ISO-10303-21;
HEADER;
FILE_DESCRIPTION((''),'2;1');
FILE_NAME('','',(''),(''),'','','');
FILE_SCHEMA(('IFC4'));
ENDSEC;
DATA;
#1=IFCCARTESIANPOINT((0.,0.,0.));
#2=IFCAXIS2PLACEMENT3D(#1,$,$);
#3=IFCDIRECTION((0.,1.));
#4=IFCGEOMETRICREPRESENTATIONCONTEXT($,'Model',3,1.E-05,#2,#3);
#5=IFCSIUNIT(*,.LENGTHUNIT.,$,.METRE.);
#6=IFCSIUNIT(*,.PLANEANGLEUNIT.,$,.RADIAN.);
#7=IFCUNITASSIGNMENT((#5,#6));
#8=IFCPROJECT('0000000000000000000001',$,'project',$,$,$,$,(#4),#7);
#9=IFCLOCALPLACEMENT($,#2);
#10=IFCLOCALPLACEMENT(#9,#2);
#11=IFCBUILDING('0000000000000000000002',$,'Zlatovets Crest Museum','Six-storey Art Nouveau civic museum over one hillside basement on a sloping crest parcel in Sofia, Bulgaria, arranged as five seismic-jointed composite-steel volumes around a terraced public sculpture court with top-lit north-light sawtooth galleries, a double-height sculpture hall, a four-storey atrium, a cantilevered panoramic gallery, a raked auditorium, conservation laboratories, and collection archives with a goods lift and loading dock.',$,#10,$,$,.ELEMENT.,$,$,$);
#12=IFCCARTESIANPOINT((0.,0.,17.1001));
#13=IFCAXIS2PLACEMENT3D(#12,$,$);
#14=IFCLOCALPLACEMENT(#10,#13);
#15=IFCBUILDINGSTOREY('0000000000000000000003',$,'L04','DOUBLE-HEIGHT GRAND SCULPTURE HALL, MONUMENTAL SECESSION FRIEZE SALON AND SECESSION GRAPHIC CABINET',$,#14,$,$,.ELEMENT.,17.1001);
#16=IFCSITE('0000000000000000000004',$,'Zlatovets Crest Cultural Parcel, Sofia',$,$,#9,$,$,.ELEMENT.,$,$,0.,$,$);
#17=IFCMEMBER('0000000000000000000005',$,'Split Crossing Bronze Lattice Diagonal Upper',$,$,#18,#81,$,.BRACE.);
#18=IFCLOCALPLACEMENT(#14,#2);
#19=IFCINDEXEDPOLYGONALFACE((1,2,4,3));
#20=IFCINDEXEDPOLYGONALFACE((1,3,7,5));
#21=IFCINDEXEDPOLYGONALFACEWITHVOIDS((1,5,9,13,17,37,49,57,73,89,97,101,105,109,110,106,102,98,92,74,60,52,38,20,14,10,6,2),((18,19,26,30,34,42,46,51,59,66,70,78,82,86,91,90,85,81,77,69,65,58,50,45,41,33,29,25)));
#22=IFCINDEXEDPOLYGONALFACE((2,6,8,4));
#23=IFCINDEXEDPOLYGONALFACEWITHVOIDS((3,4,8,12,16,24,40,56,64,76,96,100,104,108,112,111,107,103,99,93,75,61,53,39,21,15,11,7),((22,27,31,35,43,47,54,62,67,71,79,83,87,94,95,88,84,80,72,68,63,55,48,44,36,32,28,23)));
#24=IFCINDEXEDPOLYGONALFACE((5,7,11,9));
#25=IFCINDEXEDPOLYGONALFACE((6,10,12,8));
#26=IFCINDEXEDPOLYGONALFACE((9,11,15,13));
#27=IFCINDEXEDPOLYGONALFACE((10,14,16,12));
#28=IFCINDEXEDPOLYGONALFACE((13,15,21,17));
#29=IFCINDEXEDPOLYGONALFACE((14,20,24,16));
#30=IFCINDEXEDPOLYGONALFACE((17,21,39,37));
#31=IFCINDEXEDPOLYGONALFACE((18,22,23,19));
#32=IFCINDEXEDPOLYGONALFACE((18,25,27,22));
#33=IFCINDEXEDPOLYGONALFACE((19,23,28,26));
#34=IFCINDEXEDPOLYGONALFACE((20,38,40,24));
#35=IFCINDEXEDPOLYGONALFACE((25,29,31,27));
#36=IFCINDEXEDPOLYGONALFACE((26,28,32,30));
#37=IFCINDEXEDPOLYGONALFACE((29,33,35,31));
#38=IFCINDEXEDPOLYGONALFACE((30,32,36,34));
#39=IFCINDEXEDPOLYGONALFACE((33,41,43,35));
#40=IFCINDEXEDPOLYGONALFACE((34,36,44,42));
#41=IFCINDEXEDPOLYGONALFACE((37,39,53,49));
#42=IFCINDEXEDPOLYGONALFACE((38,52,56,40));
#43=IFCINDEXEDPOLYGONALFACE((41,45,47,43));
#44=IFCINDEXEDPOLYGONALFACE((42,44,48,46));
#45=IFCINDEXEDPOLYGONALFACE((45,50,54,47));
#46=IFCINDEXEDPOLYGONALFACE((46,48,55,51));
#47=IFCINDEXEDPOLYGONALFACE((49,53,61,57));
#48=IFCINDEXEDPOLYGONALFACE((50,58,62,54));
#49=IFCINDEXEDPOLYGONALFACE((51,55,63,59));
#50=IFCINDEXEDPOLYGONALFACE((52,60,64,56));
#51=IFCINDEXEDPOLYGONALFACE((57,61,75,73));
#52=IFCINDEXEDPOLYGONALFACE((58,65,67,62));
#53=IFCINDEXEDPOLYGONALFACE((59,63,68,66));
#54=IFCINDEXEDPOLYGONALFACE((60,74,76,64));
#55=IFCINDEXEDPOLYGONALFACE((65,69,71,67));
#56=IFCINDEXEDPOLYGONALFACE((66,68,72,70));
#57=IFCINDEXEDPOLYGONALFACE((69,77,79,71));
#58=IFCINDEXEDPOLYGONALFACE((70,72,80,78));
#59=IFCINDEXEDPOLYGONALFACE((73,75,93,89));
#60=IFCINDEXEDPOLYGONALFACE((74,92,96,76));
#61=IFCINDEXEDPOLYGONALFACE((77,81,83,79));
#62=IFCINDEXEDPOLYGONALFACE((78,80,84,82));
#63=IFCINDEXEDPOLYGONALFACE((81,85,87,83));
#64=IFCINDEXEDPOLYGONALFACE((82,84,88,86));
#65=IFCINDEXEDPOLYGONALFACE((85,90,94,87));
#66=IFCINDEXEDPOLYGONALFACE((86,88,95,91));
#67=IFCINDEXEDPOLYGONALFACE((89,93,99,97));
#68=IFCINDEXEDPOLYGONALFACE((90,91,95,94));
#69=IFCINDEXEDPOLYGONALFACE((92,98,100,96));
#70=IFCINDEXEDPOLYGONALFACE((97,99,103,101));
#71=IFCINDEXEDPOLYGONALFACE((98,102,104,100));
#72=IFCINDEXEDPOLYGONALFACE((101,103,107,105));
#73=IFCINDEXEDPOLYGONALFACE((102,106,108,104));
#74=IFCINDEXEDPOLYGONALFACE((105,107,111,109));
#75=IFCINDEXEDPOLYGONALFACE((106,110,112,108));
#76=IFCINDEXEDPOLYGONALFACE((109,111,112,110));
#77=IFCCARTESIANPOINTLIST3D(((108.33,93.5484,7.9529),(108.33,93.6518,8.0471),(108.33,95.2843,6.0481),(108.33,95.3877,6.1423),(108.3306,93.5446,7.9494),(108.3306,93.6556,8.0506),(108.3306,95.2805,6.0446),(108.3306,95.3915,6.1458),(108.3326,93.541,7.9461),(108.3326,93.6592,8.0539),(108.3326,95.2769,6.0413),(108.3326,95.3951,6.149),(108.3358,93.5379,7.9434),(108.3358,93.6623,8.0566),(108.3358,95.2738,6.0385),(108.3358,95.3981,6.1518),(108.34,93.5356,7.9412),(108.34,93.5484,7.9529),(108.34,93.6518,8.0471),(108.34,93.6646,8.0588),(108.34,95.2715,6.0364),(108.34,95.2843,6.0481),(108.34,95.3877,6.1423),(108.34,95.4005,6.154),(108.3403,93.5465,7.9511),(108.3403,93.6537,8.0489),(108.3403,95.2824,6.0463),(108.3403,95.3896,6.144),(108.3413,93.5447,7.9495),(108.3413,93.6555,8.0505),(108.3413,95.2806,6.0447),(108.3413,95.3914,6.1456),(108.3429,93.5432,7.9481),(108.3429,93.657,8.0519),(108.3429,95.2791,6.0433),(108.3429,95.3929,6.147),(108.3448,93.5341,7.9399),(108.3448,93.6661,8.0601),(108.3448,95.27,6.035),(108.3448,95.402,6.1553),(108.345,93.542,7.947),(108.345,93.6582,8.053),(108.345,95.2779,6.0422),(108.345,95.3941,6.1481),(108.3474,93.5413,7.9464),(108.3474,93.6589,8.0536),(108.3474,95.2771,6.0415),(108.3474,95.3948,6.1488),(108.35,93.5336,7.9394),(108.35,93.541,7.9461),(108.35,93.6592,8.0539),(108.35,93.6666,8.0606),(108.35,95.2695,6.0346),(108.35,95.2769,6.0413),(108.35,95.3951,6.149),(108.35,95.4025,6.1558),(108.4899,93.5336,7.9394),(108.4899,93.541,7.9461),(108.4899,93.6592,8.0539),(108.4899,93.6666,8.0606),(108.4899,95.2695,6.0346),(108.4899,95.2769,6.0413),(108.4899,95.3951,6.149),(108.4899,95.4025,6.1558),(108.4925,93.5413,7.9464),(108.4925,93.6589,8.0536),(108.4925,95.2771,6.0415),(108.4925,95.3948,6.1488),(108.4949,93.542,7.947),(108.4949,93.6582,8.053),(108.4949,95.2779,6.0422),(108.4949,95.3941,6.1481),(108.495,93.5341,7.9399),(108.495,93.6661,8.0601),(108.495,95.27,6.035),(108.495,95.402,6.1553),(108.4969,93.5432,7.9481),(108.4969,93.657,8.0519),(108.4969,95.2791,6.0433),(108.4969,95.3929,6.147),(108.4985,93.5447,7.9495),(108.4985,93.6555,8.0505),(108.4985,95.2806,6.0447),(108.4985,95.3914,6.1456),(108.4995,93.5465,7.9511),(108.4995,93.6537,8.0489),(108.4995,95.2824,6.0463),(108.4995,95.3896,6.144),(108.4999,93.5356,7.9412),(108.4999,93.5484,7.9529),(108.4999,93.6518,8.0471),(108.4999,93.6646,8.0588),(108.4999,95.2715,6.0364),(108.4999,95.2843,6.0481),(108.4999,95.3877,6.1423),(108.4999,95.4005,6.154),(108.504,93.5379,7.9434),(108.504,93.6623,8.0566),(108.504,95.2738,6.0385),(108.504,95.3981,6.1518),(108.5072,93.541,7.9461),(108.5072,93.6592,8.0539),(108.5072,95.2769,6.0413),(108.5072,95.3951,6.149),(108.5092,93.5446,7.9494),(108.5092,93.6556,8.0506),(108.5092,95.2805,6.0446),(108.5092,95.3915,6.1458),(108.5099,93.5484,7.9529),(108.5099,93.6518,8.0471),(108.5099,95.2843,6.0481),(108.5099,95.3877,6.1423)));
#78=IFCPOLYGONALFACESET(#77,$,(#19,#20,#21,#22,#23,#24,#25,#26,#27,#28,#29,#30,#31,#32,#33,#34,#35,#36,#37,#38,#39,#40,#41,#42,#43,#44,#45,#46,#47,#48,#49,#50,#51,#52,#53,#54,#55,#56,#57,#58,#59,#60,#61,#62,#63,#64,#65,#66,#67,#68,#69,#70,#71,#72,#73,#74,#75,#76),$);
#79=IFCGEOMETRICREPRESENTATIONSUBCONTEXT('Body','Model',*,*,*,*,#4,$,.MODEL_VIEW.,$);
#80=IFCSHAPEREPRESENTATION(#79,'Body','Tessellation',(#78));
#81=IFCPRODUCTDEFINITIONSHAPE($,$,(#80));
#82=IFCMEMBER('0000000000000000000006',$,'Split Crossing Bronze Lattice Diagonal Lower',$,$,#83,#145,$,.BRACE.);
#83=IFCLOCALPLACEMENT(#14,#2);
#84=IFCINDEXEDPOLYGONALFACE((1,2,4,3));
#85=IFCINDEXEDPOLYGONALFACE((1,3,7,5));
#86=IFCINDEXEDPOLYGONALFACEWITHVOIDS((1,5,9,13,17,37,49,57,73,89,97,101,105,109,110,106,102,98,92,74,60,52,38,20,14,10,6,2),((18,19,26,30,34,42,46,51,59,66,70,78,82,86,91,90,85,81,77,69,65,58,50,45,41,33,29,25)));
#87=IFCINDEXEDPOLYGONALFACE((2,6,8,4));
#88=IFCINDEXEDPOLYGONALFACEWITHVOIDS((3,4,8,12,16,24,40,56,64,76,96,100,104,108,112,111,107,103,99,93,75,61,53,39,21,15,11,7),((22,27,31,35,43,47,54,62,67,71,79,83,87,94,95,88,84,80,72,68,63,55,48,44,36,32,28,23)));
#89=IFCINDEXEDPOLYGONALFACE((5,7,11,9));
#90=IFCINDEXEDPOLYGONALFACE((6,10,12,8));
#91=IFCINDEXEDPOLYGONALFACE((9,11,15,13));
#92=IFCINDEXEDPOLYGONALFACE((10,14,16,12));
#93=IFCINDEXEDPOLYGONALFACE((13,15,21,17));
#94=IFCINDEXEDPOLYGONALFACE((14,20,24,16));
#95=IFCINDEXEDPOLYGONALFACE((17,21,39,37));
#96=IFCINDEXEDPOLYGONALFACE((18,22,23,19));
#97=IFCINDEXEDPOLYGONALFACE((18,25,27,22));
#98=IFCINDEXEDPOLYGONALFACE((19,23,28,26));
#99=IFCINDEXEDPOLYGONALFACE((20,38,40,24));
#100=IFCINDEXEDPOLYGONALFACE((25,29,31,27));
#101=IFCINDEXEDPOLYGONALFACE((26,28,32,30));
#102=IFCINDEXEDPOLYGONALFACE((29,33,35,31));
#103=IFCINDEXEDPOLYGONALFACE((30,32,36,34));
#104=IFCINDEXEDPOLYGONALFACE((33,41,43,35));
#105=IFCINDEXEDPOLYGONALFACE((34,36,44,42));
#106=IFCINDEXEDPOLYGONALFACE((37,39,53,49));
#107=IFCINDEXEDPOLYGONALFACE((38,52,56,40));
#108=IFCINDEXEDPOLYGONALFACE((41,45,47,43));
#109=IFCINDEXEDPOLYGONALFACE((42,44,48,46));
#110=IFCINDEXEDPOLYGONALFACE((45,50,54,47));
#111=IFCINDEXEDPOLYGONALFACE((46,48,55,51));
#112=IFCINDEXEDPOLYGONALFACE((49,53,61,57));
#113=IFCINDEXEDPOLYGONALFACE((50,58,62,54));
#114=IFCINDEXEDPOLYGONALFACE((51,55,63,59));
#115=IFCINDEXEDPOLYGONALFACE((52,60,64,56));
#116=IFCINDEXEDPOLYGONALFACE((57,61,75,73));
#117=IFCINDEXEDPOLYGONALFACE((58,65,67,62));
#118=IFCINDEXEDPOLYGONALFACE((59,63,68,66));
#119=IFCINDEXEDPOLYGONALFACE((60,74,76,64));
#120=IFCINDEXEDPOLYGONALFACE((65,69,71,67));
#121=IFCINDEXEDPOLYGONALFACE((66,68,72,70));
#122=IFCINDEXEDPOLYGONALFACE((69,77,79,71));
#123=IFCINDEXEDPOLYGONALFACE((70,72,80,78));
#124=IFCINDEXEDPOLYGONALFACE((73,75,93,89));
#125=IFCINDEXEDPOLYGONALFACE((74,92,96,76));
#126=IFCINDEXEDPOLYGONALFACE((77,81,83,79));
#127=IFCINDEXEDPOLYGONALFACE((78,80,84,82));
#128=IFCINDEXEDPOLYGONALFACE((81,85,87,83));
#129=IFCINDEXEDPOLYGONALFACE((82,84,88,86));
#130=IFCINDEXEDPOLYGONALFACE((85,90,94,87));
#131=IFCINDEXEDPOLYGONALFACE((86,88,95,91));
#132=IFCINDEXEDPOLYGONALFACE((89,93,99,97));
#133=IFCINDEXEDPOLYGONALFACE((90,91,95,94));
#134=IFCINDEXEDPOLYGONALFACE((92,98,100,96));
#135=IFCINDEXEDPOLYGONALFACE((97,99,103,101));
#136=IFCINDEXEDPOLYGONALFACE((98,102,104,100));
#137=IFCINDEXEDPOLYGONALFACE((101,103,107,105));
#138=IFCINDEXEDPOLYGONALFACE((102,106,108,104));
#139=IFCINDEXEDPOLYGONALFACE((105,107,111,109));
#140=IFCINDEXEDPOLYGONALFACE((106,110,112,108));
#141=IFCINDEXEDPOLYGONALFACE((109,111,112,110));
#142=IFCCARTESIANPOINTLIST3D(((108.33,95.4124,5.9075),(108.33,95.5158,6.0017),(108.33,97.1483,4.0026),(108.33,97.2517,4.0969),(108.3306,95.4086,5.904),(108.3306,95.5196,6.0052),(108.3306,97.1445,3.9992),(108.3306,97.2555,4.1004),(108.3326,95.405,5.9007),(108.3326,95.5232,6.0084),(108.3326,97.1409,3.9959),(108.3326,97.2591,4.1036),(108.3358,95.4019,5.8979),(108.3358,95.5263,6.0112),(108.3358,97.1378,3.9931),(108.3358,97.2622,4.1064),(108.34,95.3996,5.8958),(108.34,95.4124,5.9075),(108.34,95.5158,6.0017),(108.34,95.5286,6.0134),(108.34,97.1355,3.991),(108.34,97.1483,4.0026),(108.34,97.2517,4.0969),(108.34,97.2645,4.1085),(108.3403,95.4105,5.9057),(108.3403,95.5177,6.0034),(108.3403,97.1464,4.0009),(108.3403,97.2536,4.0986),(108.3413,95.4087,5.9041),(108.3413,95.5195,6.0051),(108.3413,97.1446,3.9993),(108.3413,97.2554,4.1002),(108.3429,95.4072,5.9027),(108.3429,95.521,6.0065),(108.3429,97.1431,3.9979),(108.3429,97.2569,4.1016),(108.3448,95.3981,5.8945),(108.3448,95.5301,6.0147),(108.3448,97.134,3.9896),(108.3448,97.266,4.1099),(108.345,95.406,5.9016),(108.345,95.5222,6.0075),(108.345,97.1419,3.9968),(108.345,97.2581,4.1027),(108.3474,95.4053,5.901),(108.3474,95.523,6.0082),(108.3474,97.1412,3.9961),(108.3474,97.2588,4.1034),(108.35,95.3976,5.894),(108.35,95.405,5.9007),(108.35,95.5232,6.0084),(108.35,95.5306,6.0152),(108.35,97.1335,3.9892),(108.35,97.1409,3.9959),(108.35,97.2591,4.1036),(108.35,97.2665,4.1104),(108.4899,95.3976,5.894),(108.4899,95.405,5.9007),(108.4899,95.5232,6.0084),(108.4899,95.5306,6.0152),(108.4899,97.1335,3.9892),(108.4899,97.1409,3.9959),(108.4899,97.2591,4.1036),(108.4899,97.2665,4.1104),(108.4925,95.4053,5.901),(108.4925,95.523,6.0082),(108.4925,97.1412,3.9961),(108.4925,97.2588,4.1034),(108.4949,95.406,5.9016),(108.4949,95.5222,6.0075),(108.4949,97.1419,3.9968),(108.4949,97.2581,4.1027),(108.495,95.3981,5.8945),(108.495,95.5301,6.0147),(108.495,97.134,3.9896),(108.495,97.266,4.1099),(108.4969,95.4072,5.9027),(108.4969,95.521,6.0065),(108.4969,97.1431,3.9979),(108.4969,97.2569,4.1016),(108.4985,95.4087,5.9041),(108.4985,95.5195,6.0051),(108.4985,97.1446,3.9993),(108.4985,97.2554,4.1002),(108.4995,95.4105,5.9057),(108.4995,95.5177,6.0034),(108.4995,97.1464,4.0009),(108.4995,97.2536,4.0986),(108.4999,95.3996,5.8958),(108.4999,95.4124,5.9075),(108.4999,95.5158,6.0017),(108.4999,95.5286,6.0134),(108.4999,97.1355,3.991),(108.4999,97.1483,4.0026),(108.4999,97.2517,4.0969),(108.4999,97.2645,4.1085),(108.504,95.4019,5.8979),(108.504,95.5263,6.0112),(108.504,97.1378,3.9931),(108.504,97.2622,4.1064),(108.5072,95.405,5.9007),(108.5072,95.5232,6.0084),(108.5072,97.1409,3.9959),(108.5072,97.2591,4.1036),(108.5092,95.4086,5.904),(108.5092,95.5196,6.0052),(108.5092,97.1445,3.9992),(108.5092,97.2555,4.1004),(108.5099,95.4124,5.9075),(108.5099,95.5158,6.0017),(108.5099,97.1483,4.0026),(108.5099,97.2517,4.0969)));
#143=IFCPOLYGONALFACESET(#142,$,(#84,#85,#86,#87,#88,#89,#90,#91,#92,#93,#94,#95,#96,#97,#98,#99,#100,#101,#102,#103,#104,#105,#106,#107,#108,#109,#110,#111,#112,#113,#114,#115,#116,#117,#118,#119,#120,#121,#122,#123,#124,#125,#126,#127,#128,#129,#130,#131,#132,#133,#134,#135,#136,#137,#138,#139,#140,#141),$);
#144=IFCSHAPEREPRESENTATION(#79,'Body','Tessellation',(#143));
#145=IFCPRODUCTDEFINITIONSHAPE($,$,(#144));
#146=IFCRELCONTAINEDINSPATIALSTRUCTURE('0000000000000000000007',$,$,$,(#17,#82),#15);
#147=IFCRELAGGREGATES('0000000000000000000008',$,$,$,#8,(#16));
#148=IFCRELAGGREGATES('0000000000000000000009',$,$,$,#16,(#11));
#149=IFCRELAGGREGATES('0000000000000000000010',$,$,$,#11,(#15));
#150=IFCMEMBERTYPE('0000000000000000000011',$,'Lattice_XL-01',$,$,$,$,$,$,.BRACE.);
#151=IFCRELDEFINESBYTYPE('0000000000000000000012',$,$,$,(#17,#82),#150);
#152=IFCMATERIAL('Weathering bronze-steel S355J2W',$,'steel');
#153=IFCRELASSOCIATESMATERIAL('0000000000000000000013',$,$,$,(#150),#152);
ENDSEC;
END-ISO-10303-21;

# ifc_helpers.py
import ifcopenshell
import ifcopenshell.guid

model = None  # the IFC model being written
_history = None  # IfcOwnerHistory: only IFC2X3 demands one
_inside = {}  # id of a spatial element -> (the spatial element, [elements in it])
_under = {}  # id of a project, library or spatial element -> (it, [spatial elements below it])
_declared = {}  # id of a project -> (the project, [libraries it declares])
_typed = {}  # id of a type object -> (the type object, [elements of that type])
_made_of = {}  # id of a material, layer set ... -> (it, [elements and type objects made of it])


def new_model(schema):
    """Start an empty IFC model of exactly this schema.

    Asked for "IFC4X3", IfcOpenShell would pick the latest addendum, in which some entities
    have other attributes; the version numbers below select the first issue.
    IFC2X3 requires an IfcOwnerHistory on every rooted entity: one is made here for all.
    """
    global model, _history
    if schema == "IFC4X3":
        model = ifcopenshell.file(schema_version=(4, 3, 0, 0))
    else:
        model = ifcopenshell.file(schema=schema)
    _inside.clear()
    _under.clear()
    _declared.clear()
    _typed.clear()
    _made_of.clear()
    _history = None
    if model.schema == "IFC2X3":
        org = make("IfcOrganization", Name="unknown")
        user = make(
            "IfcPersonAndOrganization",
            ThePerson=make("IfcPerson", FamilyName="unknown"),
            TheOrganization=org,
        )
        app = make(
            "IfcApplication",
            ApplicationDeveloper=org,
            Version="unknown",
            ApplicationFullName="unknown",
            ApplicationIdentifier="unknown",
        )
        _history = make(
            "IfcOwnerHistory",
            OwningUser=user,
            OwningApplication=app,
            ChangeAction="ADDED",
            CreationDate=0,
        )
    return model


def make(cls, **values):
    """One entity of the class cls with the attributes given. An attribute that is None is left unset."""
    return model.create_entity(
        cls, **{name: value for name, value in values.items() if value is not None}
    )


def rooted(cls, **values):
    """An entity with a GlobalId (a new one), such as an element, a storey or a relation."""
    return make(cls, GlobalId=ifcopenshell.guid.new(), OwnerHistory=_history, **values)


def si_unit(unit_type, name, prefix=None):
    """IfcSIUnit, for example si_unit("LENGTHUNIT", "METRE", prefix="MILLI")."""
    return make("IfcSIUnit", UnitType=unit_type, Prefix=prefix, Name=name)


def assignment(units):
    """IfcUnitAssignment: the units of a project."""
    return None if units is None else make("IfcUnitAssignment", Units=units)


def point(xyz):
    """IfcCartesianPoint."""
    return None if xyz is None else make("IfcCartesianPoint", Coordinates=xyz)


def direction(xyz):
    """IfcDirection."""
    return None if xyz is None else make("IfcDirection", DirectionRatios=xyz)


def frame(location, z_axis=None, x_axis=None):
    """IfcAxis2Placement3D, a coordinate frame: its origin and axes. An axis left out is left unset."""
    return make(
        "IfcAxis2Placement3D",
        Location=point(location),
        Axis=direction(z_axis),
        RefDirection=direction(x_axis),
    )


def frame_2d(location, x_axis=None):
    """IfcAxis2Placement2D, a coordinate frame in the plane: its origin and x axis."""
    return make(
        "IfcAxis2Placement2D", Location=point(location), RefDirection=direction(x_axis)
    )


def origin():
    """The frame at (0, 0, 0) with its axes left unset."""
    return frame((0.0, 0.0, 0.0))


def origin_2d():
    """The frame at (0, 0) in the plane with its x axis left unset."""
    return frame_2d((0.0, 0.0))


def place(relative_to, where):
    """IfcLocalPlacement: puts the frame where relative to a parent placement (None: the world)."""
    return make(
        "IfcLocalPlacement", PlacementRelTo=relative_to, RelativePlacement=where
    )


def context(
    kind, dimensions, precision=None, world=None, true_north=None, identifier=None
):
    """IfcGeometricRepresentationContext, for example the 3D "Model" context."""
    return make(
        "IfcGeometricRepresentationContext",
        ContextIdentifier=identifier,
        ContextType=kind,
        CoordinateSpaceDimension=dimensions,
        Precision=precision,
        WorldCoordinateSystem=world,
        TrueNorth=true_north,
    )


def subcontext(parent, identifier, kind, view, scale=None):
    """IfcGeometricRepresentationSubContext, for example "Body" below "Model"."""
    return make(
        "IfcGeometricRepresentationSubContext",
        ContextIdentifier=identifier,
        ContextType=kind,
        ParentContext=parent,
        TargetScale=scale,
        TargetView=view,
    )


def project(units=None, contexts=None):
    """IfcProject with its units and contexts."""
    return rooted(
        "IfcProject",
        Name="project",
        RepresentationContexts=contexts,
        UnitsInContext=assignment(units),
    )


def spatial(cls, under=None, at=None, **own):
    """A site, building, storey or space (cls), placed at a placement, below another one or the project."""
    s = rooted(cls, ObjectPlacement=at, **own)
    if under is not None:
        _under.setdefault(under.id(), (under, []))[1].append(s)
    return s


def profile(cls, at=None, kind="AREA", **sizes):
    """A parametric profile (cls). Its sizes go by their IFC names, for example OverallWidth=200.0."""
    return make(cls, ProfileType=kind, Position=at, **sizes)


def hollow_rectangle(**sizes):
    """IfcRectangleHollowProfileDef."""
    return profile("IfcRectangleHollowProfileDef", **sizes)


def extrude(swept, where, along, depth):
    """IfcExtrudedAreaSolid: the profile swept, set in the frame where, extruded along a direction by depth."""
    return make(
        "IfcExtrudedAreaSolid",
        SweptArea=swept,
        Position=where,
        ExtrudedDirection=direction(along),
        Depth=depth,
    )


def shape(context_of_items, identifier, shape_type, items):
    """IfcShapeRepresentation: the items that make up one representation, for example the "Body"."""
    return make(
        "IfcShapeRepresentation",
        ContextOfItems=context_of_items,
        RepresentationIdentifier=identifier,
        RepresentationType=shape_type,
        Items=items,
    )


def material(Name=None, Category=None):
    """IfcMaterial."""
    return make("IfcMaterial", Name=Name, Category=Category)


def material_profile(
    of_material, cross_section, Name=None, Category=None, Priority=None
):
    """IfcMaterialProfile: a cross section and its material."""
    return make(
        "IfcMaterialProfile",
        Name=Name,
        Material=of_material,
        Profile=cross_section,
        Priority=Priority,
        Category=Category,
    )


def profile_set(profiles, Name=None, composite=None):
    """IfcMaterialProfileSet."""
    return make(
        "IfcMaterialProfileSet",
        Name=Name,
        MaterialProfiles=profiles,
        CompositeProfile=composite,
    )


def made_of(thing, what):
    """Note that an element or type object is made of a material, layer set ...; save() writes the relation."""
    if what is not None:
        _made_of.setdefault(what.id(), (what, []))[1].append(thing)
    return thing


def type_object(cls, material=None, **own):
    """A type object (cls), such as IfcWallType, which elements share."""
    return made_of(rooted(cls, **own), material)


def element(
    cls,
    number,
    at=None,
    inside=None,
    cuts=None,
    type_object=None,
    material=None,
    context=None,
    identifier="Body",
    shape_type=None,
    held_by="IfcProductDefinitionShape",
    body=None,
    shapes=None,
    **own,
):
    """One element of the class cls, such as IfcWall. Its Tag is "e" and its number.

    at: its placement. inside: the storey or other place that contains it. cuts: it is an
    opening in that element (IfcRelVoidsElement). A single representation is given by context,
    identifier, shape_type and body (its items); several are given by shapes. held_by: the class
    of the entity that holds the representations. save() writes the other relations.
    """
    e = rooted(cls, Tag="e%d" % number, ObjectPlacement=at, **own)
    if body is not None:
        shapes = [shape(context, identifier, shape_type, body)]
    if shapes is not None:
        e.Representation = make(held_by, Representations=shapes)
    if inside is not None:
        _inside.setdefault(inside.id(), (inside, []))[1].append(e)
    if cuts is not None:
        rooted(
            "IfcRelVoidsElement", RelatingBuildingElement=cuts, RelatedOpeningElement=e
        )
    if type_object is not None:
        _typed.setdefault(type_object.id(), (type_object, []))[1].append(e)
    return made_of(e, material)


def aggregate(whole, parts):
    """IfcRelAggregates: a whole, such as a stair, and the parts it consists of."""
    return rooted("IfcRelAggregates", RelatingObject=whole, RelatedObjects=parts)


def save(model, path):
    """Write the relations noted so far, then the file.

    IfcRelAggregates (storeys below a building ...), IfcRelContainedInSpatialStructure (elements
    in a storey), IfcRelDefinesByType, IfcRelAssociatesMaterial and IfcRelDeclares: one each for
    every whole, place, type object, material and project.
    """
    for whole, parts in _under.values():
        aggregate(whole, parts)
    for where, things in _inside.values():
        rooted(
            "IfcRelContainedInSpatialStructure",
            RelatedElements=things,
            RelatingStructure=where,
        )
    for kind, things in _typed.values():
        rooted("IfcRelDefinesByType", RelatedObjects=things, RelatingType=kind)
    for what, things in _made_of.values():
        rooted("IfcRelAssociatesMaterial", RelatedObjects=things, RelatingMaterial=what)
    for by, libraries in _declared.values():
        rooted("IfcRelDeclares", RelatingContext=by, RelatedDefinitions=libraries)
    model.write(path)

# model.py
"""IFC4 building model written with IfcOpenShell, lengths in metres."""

from ifc_helpers import new_model, si_unit, direction, frame, origin, origin_2d, place, context, subcontext, project, spatial, hollow_rectangle, extrude, material, material_profile, profile_set, type_object, element, save


model = new_model("IFC4")

# Units and contexts
model_context = context("Model", 3, precision=1e-05, world=origin(), true_north=direction((0.0, 1.0)))
body_context = subcontext(model_context, "Body", "Model", "MODEL_VIEW")
ifc_project = project(units=[si_unit("LENGTHUNIT", "METRE"), si_unit("PLANEANGLEUNIT", "RADIAN")], contexts=[model_context])

# Site, building, storey
site_placement = place(None, origin())
site = spatial("IfcSite", under=ifc_project, at=site_placement, Name="Zlatovets Crest Cultural Parcel, Sofia", CompositionType="ELEMENT", RefElevation=0.0)
building_placement = place(site_placement, origin())
building = spatial("IfcBuilding", under=site, at=building_placement, Name="Zlatovets Crest Museum", Description="Six-storey Art Nouveau civic museum over one hillside basement on a sloping crest parcel in Sofia, Bulgaria, arranged as five seismic-jointed composite-steel volumes around a terraced public sculpture court with top-lit north-light sawtooth galleries, a double-height sculpture hall, a four-storey atrium, a cantilevered panoramic gallery, a raked auditorium, conservation laboratories, and collection archives with a goods lift and loading dock.", CompositionType="ELEMENT")
storey_placement = place(building_placement, frame((0.0, 0.0, 17.1001)))
storey = spatial("IfcBuildingStorey", under=building, at=storey_placement, Name="L04", Description="DOUBLE-HEIGHT GRAND SCULPTURE HALL, MONUMENTAL SECESSION FRIEZE SALON AND SECESSION GRAPHIC CABINET", CompositionType="ELEMENT", Elevation=17.1001)

# Members
ifc_material_1 = material(Name="Weathering bronze-steel S355J2W", Category="steel")
ifc_material_profile_1 = material_profile(ifc_material_1, hollow_rectangle(XDim=0.1799, YDim=0.1799, WallThickness=0.01, InnerFilletRadius=0.01, OuterFilletRadius=0.02, at=origin_2d()), Name="SHS 180x180x10.0")
ifc_profile_set_1 = profile_set([ifc_material_profile_1], Name="Weathering bronze-steel S355J2W")
member_type_1 = type_object("IfcMemberType", Name="Lattice_XL-01", PredefinedType="BRACE", material=ifc_profile_set_1)
for number, where, z_axis, x_axis, name in (
    (1, (108.4199, 93.6001, 8.0), (0.0, 0.673568, -0.739125), (-1.0, 0.0, 0.0), "Split Crossing Bronze Lattice Diagonal Upper"),
    (2, (108.4199, 95.4641, 5.9546), (0.0, 0.673568, -0.739125), (-1.0, 0.0, 0.0), "Split Crossing Bronze Lattice Diagonal Lower"),
):
    element("IfcMember", number, at=place(storey_placement, frame(where, z_axis=z_axis, x_axis=x_axis)), inside=storey, type_object=member_type_1, Name=name, PredefinedType="BRACE", context=body_context, shape_type="SweptSolid", body=[
        extrude(hollow_rectangle(XDim=0.1799, YDim=0.1799, WallThickness=0.01, InnerFilletRadius=0.01, OuterFilletRadius=0.02, at=origin_2d()), origin(), (0.0, 0.0, 1.0), 2.5771),
    ])

save(model, "model.ifc")
